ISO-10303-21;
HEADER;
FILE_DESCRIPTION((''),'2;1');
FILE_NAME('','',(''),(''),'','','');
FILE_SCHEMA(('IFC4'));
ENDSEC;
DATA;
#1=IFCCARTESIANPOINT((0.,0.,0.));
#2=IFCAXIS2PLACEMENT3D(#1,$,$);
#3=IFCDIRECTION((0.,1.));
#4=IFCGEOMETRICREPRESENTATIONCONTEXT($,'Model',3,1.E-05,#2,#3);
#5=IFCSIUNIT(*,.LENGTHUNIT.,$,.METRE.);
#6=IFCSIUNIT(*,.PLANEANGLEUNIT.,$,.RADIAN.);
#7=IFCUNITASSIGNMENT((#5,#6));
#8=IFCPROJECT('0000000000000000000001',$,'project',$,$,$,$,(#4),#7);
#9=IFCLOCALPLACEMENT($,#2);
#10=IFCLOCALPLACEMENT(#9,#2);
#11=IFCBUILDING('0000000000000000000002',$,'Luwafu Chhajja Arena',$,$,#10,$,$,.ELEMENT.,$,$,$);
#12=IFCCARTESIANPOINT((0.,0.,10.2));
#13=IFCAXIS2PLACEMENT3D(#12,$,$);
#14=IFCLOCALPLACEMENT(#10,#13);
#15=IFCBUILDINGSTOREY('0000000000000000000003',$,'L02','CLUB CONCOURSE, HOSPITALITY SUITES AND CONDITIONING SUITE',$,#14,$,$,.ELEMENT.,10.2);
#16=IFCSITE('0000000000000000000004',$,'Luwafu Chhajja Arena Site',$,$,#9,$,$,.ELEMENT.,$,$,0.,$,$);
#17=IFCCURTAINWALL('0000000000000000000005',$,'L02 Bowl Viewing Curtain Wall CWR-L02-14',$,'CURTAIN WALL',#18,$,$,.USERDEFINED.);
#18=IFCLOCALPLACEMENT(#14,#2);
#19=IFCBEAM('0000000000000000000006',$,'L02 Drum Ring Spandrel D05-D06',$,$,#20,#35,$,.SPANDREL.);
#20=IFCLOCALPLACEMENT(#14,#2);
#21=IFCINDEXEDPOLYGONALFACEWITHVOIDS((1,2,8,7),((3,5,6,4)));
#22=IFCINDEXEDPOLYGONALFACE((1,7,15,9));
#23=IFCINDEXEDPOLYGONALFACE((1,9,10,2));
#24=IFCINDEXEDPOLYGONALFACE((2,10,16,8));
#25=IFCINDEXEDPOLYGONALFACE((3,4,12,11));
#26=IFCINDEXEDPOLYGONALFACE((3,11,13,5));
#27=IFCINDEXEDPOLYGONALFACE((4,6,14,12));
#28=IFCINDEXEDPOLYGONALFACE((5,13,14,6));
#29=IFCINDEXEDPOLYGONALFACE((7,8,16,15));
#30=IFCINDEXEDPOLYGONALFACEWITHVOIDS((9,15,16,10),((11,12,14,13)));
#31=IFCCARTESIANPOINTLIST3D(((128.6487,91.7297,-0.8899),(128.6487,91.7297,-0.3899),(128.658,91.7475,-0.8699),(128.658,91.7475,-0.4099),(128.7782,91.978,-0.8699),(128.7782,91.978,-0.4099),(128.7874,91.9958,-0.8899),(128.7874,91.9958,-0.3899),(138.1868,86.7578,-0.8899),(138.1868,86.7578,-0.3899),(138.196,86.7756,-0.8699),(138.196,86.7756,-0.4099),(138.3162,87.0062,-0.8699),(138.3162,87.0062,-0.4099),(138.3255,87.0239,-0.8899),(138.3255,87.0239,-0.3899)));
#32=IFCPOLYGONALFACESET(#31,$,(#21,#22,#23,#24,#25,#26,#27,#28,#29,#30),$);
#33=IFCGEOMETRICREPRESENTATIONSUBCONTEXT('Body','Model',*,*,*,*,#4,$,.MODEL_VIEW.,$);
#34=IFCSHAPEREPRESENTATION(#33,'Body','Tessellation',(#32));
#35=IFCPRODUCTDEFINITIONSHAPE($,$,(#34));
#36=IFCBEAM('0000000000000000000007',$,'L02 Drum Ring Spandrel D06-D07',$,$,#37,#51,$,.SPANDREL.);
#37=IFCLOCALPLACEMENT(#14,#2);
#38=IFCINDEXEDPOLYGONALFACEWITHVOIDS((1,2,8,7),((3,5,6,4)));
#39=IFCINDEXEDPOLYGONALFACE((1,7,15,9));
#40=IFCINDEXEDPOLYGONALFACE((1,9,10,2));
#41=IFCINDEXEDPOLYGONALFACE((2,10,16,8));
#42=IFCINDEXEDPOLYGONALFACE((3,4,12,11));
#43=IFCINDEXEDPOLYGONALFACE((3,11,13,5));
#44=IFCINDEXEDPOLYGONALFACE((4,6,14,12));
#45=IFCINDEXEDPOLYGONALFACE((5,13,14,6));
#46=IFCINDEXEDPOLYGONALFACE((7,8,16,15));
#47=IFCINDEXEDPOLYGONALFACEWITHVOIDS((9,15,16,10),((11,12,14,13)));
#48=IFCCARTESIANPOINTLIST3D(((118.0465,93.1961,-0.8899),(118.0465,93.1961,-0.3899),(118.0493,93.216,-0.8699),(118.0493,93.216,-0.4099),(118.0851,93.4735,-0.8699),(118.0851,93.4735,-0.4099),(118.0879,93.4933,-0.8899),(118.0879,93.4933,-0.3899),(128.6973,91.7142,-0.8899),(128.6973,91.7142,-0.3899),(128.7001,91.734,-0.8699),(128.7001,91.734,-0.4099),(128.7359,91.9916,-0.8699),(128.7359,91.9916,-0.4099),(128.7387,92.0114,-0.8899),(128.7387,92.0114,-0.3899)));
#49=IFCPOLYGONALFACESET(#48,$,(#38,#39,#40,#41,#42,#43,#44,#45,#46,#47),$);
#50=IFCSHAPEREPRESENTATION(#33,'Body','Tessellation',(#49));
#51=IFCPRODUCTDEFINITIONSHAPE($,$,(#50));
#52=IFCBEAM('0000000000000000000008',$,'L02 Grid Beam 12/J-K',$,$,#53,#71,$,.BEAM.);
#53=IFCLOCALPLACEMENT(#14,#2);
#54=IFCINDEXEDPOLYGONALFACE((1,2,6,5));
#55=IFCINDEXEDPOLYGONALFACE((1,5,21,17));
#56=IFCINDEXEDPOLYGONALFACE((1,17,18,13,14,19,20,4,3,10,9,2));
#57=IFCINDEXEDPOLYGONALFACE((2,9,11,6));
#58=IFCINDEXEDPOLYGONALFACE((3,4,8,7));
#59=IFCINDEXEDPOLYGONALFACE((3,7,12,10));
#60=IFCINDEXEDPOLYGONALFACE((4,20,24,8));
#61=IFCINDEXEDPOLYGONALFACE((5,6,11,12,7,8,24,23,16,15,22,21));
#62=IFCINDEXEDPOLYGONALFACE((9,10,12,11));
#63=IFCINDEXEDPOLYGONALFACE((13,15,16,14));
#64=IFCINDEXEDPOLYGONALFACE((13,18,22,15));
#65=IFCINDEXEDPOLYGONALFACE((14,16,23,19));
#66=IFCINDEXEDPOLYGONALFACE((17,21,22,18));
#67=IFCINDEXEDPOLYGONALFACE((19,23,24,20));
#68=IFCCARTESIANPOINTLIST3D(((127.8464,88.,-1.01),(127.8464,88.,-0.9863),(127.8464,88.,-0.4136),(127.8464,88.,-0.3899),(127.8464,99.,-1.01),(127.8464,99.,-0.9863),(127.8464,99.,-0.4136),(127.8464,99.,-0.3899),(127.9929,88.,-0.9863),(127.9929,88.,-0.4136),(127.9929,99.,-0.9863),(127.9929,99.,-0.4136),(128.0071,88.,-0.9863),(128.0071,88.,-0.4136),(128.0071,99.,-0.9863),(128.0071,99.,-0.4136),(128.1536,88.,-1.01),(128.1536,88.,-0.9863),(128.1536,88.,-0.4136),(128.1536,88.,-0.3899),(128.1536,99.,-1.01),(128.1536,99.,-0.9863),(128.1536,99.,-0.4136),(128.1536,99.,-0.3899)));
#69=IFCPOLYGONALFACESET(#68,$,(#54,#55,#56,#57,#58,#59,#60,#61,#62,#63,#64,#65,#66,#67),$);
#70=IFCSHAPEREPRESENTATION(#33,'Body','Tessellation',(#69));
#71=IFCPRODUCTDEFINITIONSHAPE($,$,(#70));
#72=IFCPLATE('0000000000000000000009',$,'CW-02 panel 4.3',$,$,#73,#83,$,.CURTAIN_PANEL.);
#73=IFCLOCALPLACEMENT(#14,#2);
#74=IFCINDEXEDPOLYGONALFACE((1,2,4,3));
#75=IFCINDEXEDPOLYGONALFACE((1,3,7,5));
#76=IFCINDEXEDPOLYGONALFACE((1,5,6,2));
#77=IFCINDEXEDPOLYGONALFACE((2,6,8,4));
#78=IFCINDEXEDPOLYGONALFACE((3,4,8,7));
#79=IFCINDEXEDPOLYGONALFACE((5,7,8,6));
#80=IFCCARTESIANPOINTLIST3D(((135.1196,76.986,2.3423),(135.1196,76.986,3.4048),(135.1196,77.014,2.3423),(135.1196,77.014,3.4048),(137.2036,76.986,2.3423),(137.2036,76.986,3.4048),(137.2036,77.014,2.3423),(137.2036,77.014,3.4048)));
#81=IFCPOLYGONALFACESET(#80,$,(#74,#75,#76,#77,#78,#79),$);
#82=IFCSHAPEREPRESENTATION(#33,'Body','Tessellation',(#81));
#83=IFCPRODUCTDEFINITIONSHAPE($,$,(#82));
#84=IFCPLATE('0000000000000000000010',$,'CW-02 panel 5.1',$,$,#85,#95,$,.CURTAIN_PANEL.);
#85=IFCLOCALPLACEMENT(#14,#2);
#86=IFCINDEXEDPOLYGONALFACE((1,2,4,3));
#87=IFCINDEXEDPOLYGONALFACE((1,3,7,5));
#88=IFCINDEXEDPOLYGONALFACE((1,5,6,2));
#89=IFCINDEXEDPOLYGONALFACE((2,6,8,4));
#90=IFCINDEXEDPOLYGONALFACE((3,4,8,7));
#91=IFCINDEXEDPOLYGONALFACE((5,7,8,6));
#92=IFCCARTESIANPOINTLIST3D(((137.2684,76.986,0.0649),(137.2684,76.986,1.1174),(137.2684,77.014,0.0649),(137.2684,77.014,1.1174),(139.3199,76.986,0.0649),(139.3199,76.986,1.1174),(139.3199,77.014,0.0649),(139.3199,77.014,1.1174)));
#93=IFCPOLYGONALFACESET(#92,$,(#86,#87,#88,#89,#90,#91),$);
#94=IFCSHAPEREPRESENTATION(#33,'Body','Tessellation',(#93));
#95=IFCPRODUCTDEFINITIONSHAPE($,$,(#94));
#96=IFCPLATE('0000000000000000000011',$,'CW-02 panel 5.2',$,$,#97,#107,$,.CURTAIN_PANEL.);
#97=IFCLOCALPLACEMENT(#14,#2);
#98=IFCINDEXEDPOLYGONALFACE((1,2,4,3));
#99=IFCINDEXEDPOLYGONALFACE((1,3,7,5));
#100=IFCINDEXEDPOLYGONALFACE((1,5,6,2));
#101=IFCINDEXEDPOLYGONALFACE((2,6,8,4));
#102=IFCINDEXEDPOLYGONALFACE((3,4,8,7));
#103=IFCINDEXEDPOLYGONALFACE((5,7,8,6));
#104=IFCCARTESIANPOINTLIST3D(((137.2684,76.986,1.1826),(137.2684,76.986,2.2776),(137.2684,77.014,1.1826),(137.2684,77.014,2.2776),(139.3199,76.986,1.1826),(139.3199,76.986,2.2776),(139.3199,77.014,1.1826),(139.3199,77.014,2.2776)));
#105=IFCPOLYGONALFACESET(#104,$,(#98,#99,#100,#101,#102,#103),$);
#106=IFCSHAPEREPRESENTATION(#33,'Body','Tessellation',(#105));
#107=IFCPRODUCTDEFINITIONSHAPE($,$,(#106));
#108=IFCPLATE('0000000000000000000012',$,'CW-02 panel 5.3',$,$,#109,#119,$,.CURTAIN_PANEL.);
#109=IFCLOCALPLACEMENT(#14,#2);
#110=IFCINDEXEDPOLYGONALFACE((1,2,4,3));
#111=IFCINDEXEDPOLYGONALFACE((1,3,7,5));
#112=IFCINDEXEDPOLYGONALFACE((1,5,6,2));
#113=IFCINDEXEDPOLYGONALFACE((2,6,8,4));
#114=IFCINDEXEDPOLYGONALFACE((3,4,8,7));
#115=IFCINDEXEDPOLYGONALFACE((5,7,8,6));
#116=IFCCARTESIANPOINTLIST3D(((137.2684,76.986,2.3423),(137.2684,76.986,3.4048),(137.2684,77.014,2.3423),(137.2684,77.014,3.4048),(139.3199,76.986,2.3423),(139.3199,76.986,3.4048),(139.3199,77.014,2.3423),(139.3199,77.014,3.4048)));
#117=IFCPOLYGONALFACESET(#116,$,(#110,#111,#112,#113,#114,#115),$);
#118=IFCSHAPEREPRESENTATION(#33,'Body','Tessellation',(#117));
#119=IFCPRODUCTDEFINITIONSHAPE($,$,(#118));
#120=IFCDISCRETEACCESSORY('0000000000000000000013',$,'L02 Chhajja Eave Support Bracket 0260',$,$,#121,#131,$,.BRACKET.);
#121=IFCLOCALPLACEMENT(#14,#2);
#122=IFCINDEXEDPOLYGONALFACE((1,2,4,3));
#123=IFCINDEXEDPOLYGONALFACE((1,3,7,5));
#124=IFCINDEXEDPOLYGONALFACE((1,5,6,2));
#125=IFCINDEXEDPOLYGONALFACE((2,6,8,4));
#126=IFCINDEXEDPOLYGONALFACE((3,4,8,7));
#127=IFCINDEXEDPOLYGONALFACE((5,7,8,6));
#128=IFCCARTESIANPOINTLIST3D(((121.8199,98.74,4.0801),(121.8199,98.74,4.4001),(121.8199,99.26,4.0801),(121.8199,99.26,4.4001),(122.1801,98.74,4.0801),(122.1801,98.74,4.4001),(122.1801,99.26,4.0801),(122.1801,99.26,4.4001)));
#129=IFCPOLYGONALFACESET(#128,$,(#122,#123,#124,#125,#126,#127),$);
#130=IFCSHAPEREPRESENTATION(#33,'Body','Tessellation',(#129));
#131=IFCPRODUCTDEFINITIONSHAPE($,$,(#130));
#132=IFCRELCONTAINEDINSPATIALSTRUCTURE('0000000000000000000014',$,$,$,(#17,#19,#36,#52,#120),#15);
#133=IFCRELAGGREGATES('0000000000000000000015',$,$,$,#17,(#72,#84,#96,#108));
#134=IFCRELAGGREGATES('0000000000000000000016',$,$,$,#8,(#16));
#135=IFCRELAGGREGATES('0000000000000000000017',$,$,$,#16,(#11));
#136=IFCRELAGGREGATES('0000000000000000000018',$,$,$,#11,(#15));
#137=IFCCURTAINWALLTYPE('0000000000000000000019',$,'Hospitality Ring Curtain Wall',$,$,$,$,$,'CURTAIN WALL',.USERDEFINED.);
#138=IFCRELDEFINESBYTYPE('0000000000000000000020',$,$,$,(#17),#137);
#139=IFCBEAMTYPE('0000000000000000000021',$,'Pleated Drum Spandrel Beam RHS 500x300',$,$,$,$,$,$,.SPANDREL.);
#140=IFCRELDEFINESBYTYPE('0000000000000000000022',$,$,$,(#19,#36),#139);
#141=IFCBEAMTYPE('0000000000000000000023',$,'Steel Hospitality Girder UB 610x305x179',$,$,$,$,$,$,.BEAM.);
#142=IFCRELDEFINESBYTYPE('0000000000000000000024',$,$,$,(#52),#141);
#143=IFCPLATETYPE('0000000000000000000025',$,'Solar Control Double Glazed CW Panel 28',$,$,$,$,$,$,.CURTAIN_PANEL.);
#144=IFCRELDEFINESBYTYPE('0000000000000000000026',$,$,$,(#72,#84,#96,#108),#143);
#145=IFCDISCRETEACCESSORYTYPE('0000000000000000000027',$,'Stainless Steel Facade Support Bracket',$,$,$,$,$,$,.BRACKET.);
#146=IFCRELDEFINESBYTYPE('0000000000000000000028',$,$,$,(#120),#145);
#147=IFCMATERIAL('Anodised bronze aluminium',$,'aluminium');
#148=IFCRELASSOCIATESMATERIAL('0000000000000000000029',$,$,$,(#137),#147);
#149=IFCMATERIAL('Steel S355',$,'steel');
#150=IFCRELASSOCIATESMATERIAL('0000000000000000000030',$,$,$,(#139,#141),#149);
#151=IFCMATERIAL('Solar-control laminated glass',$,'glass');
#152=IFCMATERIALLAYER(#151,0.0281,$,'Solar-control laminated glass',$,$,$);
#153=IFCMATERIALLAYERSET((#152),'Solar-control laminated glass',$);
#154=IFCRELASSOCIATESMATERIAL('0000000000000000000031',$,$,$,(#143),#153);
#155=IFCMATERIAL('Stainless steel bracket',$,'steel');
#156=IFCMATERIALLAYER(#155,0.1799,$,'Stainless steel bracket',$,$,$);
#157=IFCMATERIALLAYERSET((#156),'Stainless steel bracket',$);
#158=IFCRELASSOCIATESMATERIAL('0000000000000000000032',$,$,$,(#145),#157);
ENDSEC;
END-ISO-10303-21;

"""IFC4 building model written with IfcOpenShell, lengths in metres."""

from ifc_helpers import new_model, si_unit, direction, frame, origin, origin_2d, place, context, subcontext, project, spatial, rectangle, hollow_rectangle, i_section, extrude, material, layer, layer_set, material_profile, profile_set, type_object, element, aggregate, save


model = new_model("IFC4")

# Units and contexts
model_context = context("Model", 3, precision=1e-05, world=origin(), true_north=direction((0.0, 1.0)))
body_context = subcontext(model_context, "Body", "Model", "MODEL_VIEW")
ifc_project = project(units=[si_unit("LENGTHUNIT", "METRE"), si_unit("PLANEANGLEUNIT", "RADIAN")], contexts=[model_context])

# Site, building, storey
site_placement = place(None, origin())
site = spatial("IfcSite", under=ifc_project, at=site_placement, Name="Luwafu Chhajja Arena Site", CompositionType="ELEMENT", RefElevation=0.0)
building_placement = place(site_placement, origin())
building = spatial("IfcBuilding", under=site, at=building_placement, Name="Luwafu Chhajja Arena", CompositionType="ELEMENT")
storey_placement = place(building_placement, frame((0.0, 0.0, 10.2)))
storey = spatial("IfcBuildingStorey", under=building, at=storey_placement, Name="L02", Description="CLUB CONCOURSE, HOSPITALITY SUITES AND CONDITIONING SUITE", CompositionType="ELEMENT", Elevation=10.2)

# Shared definitions
ifc_material_1 = material(Name="Steel S355", Category="steel")

# Curtain wall
ifc_material_2 = material(Name="Anodised bronze aluminium", Category="aluminium")
curtain_wall_type = type_object("IfcCurtainWallType", Name="Hospitality Ring Curtain Wall", ElementType="CURTAIN WALL", PredefinedType="USERDEFINED", material=ifc_material_2)
curtain_wall_placement = place(storey_placement, origin())
curtain_wall = element("IfcCurtainWall", 1, at=curtain_wall_placement, inside=storey, type_object=curtain_wall_type, Name="L02 Bowl Viewing Curtain Wall CWR-L02-14", ObjectType="CURTAIN WALL", PredefinedType="USERDEFINED")

# Beams
ifc_material_profile_1 = material_profile(ifc_material_1, hollow_rectangle(XDim=0.3, YDim=0.5, WallThickness=0.02, at=origin_2d()), Name="RHS 500x300x20")
ifc_profile_set_1 = profile_set([ifc_material_profile_1], Name="Steel S355")
beam_type_1 = type_object("IfcBeamType", Name="Pleated Drum Spandrel Beam RHS 500x300", PredefinedType="SPANDREL", material=ifc_profile_set_1)
beam_1_placement = place(storey_placement, frame((138.2561, 86.8909, -0.6399), z_axis=(-0.886755, 0.462239, 0.0), x_axis=(-0.462239, -0.886755, 0.0)))
element("IfcBeam", 2, at=beam_1_placement, inside=storey, type_object=beam_type_1, Name="L02 Drum Ring Spandrel D05-D06", PredefinedType="SPANDREL", context=body_context, shape_type="SweptSolid", body=[
    extrude(hollow_rectangle(XDim=0.3, YDim=0.5, WallThickness=0.02, at=origin_2d()), origin(), (0.0, 0.0, 1.0), 10.7561),
])
beam_2_placement = place(storey_placement, frame((128.718, 91.8628, -0.6399), z_axis=(-0.990459, 0.13781, 0.0), x_axis=(-0.13781, -0.990459, 0.0)))
element("IfcBeam", 3, at=beam_2_placement, inside=storey, type_object=beam_type_1, Name="L02 Drum Ring Spandrel D06-D07", PredefinedType="SPANDREL", context=body_context, shape_type="SweptSolid", body=[
    extrude(hollow_rectangle(XDim=0.3, YDim=0.5, WallThickness=0.02, at=origin_2d()), origin(), (0.0, 0.0, 1.0), 10.7534),
])
ifc_material_profile_2 = material_profile(ifc_material_1, i_section(OverallWidth=0.3071, OverallDepth=0.6201, WebThickness=0.0142, FlangeThickness=0.0237, at=origin_2d()), Name="UB 610x305x179")
ifc_profile_set_2 = profile_set([ifc_material_profile_2], Name="Steel S355")
beam_type_2 = type_object("IfcBeamType", Name="Steel Hospitality Girder UB 610x305x179", PredefinedType="BEAM", material=ifc_profile_set_2)
beam_3_placement = place(storey_placement, frame((128.0, 88.0, -0.7), z_axis=(0.0, 1.0, 0.0), x_axis=(-1.0, 0.0, 0.0)))
element("IfcBeam", 4, at=beam_3_placement, inside=storey, type_object=beam_type_2, Name="L02 Grid Beam 12/J-K", PredefinedType="BEAM", context=body_context, shape_type="SweptSolid", body=[
    extrude(i_section(OverallWidth=0.3071, OverallDepth=0.6201, WebThickness=0.0142, FlangeThickness=0.0237, at=origin_2d()), origin(), (0.0, 0.0, 1.0), 11.0),
])

# Plates
ifc_material_3 = material(Name="Solar-control laminated glass", Category="glass")
ifc_layer_1 = layer(ifc_material_3, 0.0281, Name="Solar-control laminated glass")
ifc_layer_set_1 = layer_set([ifc_layer_1], Name="Solar-control laminated glass")
plate_type = type_object("IfcPlateType", Name="Solar Control Double Glazed CW Panel 28", PredefinedType="CURTAIN_PANEL", material=ifc_layer_set_1)
plate_1_placement = place(storey_placement, frame((136.1616, 77.0, 2.3423), z_axis=(0.0, 0.0, 1.0), x_axis=(1.0, 0.0, 0.0)))
plate_1 = element("IfcPlate", 5, at=plate_1_placement, type_object=plate_type, Name="CW-02 panel 4.3", PredefinedType="CURTAIN_PANEL", context=body_context, shape_type="SweptSolid", body=[
    extrude(rectangle(XDim=2.084, YDim=0.0281, at=origin_2d()), origin(), (0.0, 0.0, 1.0), 1.0625),
])
plate_2_placement = place(storey_placement, frame((138.2942, 77.0, 0.0649), z_axis=(0.0, 0.0, 1.0), x_axis=(1.0, 0.0, 0.0)))
plate_2 = element("IfcPlate", 6, at=plate_2_placement, type_object=plate_type, Name="CW-02 panel 5.1", PredefinedType="CURTAIN_PANEL", context=body_context, shape_type="SweptSolid", body=[
    extrude(rectangle(XDim=2.0515, YDim=0.0281, at=origin_2d()), origin(), (0.0, 0.0, 1.0), 1.0525),
])
plate_3_placement = place(storey_placement, frame((138.2942, 77.0, 1.1826), z_axis=(0.0, 0.0, 1.0), x_axis=(1.0, 0.0, 0.0)))
plate_3 = element("IfcPlate", 7, at=plate_3_placement, type_object=plate_type, Name="CW-02 panel 5.2", PredefinedType="CURTAIN_PANEL", context=body_context, shape_type="SweptSolid", body=[
    extrude(rectangle(XDim=2.0515, YDim=0.0281, at=origin_2d()), origin(), (0.0, 0.0, 1.0), 1.095),
])
plate_4_placement = place(storey_placement, frame((138.2942, 77.0, 2.3423), z_axis=(0.0, 0.0, 1.0), x_axis=(1.0, 0.0, 0.0)))
plate_4 = element("IfcPlate", 8, at=plate_4_placement, type_object=plate_type, Name="CW-02 panel 5.3", PredefinedType="CURTAIN_PANEL", context=body_context, shape_type="SweptSolid", body=[
    extrude(rectangle(XDim=2.0515, YDim=0.0281, at=origin_2d()), origin(), (0.0, 0.0, 1.0), 1.0625),
])
aggregate(curtain_wall, [plate_1, plate_2, plate_3, plate_4])

# Discrete accessory
ifc_material_4 = material(Name="Stainless steel bracket", Category="steel")
ifc_layer_2 = layer(ifc_material_4, 0.1799, Name="Stainless steel bracket")
ifc_layer_set_2 = layer_set([ifc_layer_2], Name="Stainless steel bracket")
discrete_accessory_type = type_object("IfcDiscreteAccessoryType", Name="Stainless Steel Facade Support Bracket", PredefinedType="BRACKET", material=ifc_layer_set_2)
discrete_accessory_placement = place(storey_placement, frame((122.0, 99.0, 4.0801), z_axis=(0.0, 0.0, 1.0), x_axis=(1.0, 0.0, 0.0)))
element("IfcDiscreteAccessory", 9, at=discrete_accessory_placement, inside=storey, type_object=discrete_accessory_type, Name="L02 Chhajja Eave Support Bracket 0260", PredefinedType="BRACKET", context=body_context, shape_type="SweptSolid", body=[
    extrude(rectangle(XDim=0.3601, YDim=0.52, at=origin_2d()), origin(), (0.0, 0.0, 1.0), 0.3201),
])

save(model, "model.ifc")
